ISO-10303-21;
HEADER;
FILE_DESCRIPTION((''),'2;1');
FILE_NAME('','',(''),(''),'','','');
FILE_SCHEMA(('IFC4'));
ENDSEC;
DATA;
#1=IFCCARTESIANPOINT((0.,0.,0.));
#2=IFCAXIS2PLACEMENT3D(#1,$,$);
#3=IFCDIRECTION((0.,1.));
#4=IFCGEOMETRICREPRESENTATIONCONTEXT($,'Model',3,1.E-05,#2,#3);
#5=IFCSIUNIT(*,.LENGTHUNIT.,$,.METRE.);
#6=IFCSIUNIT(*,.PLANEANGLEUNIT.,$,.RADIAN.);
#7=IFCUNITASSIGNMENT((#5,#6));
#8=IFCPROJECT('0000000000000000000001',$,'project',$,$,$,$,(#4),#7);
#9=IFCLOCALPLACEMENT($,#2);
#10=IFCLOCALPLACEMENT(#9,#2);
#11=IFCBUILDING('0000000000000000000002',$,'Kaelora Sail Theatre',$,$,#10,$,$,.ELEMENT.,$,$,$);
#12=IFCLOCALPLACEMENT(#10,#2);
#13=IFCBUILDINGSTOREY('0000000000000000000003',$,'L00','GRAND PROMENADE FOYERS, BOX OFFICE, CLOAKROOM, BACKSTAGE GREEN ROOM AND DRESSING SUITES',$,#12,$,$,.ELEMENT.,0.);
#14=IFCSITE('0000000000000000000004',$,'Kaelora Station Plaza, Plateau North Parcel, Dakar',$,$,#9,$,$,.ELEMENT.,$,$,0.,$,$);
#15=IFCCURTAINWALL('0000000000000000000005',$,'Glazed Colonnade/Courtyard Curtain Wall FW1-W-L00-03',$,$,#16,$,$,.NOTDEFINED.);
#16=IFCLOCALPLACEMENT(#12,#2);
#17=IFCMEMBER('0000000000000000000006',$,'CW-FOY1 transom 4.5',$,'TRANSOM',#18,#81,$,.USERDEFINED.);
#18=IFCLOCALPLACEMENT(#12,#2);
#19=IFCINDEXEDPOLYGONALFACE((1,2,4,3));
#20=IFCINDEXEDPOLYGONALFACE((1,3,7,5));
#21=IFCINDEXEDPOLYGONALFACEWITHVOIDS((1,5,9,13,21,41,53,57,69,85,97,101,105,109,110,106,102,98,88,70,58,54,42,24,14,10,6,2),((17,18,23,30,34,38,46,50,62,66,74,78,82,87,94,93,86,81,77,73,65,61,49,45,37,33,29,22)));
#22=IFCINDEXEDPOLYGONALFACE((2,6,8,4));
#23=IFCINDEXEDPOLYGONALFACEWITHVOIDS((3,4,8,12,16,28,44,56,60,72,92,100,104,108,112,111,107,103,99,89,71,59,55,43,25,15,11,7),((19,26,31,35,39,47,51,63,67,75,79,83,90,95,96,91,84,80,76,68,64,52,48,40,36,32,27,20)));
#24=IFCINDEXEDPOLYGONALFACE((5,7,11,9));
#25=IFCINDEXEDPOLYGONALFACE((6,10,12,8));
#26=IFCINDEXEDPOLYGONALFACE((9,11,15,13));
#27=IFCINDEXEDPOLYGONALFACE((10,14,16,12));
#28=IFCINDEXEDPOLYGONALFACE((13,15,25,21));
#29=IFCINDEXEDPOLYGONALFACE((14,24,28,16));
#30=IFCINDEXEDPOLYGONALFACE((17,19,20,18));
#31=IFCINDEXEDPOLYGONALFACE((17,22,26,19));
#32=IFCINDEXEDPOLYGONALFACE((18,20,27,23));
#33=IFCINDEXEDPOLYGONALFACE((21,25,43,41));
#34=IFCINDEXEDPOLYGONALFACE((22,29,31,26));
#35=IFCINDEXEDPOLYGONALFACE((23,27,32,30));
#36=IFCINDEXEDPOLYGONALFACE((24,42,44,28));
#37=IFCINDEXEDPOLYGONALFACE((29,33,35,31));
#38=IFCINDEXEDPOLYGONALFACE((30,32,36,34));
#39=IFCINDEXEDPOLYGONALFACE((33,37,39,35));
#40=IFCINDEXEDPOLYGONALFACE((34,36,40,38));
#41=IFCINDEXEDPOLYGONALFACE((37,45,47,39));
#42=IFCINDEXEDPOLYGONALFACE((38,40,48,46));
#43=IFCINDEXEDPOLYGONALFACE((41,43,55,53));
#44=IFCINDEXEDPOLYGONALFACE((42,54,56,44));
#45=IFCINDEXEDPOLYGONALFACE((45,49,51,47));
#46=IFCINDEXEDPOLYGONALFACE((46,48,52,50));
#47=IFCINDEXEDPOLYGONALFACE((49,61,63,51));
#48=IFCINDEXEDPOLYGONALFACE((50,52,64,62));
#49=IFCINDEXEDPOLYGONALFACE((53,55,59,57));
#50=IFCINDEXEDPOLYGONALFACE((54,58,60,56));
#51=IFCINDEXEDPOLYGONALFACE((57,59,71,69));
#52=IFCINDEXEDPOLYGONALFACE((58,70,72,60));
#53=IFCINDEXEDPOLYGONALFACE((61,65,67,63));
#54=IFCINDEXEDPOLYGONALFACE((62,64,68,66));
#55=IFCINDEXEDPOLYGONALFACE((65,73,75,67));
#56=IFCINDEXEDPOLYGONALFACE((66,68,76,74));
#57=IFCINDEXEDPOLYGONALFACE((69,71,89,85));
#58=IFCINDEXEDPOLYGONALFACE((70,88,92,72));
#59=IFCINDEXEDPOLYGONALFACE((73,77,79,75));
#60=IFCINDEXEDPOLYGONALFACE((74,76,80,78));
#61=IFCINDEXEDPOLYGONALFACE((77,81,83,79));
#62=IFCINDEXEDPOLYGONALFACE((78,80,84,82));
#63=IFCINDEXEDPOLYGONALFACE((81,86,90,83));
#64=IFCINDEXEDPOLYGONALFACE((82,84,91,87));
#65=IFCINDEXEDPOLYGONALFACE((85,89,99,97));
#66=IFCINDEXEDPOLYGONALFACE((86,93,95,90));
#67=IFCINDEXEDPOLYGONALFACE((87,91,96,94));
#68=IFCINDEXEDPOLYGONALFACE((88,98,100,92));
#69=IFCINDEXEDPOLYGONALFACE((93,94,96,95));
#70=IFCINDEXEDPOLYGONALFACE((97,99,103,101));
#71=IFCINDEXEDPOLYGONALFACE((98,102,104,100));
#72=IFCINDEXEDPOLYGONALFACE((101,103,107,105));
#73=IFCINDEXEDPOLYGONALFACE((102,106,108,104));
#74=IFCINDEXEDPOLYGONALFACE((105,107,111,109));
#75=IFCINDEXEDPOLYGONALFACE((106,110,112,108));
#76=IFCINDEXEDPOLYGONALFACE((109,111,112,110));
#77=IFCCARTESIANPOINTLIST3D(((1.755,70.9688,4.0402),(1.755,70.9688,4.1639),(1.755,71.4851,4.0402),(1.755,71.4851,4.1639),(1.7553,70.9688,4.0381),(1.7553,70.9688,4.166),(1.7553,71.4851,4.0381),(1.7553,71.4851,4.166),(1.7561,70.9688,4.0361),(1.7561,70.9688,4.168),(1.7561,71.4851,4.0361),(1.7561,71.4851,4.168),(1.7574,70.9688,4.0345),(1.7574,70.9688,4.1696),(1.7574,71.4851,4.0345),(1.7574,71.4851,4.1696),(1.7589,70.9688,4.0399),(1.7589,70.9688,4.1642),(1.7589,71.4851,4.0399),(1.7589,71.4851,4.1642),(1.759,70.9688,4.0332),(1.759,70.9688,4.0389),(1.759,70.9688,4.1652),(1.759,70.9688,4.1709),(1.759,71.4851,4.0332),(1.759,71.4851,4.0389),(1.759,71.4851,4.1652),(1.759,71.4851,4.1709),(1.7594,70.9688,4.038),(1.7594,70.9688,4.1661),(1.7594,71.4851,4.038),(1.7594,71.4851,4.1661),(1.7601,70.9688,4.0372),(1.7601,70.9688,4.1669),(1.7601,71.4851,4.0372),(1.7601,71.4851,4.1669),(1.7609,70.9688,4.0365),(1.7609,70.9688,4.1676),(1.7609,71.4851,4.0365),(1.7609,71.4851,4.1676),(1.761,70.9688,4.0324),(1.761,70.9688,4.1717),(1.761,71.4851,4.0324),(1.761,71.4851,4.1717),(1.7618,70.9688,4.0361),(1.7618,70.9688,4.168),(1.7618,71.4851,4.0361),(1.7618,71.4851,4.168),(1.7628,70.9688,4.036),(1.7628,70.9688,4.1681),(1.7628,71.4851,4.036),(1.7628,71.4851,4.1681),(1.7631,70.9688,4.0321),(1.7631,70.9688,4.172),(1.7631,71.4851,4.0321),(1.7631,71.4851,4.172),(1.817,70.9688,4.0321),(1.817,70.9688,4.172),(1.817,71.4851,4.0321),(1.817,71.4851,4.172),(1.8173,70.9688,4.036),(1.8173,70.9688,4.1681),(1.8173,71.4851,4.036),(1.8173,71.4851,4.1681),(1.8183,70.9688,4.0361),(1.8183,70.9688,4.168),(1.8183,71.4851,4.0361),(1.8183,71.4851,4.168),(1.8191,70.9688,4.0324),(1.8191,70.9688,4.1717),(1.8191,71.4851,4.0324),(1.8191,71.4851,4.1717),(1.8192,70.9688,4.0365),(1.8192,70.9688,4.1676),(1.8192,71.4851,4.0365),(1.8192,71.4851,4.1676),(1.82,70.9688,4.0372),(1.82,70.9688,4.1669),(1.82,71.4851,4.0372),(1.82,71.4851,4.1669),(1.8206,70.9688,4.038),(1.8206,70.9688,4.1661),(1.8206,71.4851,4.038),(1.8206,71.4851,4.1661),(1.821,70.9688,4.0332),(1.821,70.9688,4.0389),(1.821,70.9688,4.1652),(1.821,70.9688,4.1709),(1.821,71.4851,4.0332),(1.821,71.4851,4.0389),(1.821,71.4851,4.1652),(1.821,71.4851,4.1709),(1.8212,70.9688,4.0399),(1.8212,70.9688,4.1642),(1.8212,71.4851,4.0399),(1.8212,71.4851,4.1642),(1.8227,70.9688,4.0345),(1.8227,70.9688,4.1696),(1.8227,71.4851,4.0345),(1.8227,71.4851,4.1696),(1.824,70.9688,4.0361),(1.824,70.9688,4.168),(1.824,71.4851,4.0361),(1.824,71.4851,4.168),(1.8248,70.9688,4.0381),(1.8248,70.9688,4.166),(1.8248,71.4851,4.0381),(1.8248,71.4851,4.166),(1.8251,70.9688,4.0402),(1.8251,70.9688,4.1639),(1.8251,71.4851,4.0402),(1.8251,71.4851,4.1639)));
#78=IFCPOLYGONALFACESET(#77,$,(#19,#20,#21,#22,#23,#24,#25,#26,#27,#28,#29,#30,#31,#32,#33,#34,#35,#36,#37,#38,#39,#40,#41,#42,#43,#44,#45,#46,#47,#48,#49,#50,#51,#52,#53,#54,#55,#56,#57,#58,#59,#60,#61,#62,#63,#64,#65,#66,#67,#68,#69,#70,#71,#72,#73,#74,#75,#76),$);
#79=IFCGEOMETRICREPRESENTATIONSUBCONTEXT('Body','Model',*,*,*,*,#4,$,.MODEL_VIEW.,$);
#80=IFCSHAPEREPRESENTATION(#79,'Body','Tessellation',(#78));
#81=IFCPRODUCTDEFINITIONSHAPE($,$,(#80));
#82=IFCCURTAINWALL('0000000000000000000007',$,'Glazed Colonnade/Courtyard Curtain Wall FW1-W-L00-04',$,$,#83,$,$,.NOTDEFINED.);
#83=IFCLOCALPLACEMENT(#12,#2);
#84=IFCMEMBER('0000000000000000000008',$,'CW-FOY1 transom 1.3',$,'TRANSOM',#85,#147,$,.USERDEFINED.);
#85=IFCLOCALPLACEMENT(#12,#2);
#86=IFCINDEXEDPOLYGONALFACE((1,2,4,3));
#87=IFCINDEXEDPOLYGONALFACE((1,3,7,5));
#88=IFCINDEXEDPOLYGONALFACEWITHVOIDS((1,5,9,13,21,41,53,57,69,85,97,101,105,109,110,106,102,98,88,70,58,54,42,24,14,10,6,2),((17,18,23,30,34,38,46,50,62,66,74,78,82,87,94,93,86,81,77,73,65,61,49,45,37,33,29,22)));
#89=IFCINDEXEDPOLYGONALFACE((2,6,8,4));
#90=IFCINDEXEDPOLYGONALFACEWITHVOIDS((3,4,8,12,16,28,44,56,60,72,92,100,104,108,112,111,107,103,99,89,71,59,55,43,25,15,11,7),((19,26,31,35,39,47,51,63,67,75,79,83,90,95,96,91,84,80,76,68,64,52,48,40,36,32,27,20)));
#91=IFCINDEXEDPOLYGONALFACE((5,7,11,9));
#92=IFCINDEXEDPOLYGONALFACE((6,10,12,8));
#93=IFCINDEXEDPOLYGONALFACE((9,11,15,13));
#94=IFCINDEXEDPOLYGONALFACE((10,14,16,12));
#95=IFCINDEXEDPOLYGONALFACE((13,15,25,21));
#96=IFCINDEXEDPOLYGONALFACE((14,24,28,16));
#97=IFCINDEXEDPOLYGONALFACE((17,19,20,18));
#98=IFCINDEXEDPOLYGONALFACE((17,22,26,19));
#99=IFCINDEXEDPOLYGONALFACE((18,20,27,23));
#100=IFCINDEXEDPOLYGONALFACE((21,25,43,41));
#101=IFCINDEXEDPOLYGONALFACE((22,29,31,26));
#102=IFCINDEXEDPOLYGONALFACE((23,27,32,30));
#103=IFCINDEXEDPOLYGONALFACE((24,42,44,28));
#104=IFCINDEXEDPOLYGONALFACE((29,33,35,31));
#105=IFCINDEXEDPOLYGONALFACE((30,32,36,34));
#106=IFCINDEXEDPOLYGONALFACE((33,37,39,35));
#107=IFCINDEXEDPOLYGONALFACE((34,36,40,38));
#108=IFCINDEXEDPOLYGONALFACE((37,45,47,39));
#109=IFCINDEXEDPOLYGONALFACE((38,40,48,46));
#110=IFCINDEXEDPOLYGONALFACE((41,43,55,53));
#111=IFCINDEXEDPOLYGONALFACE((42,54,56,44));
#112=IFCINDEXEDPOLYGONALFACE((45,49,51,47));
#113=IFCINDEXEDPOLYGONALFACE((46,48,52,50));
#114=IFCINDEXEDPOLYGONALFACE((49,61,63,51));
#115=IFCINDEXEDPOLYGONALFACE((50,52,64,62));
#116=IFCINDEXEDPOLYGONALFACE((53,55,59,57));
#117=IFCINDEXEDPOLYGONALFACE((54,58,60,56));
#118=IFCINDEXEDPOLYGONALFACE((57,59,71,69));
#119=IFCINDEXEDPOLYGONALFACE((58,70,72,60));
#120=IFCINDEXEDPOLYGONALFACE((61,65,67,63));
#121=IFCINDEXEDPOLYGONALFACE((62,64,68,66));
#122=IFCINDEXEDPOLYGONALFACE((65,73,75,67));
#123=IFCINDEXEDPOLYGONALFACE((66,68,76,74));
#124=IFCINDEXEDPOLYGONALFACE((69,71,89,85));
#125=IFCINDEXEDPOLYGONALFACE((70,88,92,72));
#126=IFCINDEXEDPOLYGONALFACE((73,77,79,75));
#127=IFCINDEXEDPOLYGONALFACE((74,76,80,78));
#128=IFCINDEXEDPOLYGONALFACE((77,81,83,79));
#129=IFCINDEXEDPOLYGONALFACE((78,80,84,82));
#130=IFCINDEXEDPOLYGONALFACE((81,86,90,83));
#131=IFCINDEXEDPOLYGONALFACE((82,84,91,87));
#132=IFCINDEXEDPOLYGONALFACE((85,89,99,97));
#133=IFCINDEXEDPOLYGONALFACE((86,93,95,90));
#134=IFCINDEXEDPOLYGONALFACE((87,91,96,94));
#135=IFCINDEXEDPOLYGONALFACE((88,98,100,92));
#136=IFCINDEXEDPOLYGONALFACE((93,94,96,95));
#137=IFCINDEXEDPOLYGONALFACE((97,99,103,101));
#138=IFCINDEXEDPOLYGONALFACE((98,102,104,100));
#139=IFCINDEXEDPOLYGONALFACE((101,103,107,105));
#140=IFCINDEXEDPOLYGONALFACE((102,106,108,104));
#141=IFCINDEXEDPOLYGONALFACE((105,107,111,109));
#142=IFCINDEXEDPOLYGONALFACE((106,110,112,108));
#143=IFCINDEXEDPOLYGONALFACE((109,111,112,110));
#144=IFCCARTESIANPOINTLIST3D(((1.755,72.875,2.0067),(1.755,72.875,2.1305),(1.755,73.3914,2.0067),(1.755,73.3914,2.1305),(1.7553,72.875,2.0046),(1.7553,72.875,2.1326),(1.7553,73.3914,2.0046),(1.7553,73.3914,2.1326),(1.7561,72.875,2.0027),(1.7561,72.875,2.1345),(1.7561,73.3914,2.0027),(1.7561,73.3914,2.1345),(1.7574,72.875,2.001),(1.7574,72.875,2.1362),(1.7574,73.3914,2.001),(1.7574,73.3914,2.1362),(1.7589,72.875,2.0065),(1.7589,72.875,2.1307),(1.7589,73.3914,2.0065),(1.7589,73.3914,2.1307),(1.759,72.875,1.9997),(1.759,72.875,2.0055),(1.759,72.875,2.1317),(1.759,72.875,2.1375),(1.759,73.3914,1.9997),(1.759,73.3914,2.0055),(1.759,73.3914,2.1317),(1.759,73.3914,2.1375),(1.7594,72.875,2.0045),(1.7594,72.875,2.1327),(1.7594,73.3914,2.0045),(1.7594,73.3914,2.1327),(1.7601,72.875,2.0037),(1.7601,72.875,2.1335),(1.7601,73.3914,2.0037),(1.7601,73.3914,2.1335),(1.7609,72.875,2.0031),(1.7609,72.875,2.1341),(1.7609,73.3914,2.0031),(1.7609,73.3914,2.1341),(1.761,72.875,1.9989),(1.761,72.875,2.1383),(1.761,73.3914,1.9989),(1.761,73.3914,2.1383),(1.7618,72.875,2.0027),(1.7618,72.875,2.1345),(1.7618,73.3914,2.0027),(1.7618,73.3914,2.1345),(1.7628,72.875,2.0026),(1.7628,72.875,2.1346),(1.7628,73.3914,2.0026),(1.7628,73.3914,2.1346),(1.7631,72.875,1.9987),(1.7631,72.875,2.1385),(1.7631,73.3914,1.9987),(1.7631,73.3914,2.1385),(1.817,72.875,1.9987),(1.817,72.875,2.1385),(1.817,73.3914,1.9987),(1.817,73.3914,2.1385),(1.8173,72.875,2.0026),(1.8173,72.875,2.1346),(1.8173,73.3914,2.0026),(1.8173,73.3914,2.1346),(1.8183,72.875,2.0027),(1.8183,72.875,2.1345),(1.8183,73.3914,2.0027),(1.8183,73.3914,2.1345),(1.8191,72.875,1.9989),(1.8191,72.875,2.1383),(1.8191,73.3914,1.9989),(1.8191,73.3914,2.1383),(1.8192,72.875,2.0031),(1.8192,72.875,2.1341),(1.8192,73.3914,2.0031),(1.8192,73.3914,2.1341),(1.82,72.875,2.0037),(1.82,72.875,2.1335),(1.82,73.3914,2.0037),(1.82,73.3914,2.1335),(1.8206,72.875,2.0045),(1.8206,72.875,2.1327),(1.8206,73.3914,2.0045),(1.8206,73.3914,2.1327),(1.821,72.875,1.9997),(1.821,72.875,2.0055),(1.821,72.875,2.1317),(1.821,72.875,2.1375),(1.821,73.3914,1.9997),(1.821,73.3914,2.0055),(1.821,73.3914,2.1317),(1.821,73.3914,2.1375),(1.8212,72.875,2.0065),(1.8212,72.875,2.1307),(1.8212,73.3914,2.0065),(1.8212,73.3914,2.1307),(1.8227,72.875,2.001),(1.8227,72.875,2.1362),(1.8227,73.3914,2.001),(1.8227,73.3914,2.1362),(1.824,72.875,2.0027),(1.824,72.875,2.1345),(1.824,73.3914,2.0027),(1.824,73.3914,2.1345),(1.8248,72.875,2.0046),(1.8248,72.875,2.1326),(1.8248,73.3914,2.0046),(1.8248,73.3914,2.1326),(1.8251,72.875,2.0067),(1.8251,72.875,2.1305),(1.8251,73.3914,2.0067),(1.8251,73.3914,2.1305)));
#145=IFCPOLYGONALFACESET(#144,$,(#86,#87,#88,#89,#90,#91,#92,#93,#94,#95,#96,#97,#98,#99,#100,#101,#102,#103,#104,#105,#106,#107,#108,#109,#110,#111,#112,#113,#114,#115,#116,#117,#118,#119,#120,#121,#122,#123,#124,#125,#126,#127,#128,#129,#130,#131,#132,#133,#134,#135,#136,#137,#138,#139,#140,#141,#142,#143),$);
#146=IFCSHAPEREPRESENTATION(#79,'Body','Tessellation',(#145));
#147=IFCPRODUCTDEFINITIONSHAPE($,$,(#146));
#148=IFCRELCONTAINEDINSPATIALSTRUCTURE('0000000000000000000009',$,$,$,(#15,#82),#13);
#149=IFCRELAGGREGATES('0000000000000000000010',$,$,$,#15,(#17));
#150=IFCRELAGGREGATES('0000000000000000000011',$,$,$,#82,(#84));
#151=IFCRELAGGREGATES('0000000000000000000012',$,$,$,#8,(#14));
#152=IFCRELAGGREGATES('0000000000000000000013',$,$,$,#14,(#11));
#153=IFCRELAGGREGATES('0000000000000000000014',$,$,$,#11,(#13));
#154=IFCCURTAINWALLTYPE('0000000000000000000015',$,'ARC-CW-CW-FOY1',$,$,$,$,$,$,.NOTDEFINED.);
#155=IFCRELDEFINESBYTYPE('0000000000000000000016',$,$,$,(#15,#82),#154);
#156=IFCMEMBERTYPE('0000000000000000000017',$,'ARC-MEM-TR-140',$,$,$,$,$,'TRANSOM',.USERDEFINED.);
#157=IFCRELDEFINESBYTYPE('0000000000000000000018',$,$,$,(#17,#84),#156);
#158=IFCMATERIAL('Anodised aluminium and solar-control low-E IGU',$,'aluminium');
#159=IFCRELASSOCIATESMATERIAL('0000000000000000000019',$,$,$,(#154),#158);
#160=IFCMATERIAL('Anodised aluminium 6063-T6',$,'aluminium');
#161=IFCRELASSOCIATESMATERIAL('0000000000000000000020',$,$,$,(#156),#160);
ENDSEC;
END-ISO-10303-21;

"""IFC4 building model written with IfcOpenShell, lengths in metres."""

from ifc_helpers import new_model, si_unit, direction, frame, origin, origin_2d, place, context, subcontext, project, spatial, hollow_rectangle, extrude, material, material_profile, profile_set, type_object, element, aggregate, save


model = new_model("IFC4")

# Units and contexts
model_context = context("Model", 3, precision=1e-05, world=origin(), true_north=direction((0.0, 1.0)))
body_context = subcontext(model_context, "Body", "Model", "MODEL_VIEW")
ifc_project = project(units=[si_unit("LENGTHUNIT", "METRE"), si_unit("PLANEANGLEUNIT", "RADIAN")], contexts=[model_context])

# Site, building, storey
site_placement = place(None, origin())
site = spatial("IfcSite", under=ifc_project, at=site_placement, Name="Kaelora Station Plaza, Plateau North Parcel, Dakar", CompositionType="ELEMENT", RefElevation=0.0)
building_placement = place(site_placement, origin())
building = spatial("IfcBuilding", under=site, at=building_placement, Name="Kaelora Sail Theatre", CompositionType="ELEMENT")
storey_placement = place(building_placement, origin())
storey = spatial("IfcBuildingStorey", under=building, at=storey_placement, Name="L00", Description="GRAND PROMENADE FOYERS, BOX OFFICE, CLOAKROOM, BACKSTAGE GREEN ROOM AND DRESSING SUITES", CompositionType="ELEMENT", Elevation=0.0)

# Curtain walls, members
ifc_material_1 = material(Name="Anodised aluminium and solar-control low-E IGU", Category="aluminium")
curtain_wall_type = type_object("IfcCurtainWallType", Name="ARC-CW-CW-FOY1", PredefinedType="NOTDEFINED", material=ifc_material_1)
curtain_wall_1_placement = place(storey_placement, origin())
curtain_wall_1 = element("IfcCurtainWall", 1, at=curtain_wall_1_placement, inside=storey, type_object=curtain_wall_type, Name="Glazed Colonnade/Courtyard Curtain Wall FW1-W-L00-03", PredefinedType="NOTDEFINED")
ifc_material_2 = material(Name="Anodised aluminium 6063-T6", Category="aluminium")
ifc_material_profile = material_profile(ifc_material_2, hollow_rectangle(XDim=0.0701, YDim=0.1399, WallThickness=0.0039, InnerFilletRadius=0.0039, OuterFilletRadius=0.0081, at=origin_2d()), Name="ALU-TRAN 70x140x4")
ifc_profile_set = profile_set([ifc_material_profile], Name="Anodised aluminium 6063-T6")
member_type = type_object("IfcMemberType", Name="ARC-MEM-TR-140", ElementType="TRANSOM", PredefinedType="USERDEFINED", material=ifc_profile_set)
member_1_placement = place(storey_placement, frame((1.79, 70.9688, 4.1021), z_axis=(0.0, 1.0, 0.0), x_axis=(-1.0, 0.0, 0.0)))
member_1 = element("IfcMember", 2, at=member_1_placement, type_object=member_type, Name="CW-FOY1 transom 4.5", ObjectType="TRANSOM", PredefinedType="USERDEFINED", context=body_context, shape_type="SweptSolid", body=[
    extrude(hollow_rectangle(XDim=0.0701, YDim=0.1399, WallThickness=0.0039, InnerFilletRadius=0.0039, OuterFilletRadius=0.0081, at=origin_2d()), origin(), (0.0, 0.0, 1.0), 0.5164),
])
curtain_wall_2_placement = place(storey_placement, origin())
curtain_wall_2 = element("IfcCurtainWall", 3, at=curtain_wall_2_placement, inside=storey, type_object=curtain_wall_type, Name="Glazed Colonnade/Courtyard Curtain Wall FW1-W-L00-04", PredefinedType="NOTDEFINED")
member_2_placement = place(storey_placement, frame((1.79, 72.875, 2.0686), z_axis=(0.0, 1.0, 0.0), x_axis=(-1.0, 0.0, 0.0)))
member_2 = element("IfcMember", 4, at=member_2_placement, type_object=member_type, Name="CW-FOY1 transom 1.3", ObjectType="TRANSOM", PredefinedType="USERDEFINED", context=body_context, shape_type="SweptSolid", body=[
    extrude(hollow_rectangle(XDim=0.0701, YDim=0.1399, WallThickness=0.0039, InnerFilletRadius=0.0039, OuterFilletRadius=0.0081, at=origin_2d()), origin(), (0.0, 0.0, 1.0), 0.5164),
])

aggregate(curtain_wall_1, [member_1])
aggregate(curtain_wall_2, [member_2])

save(model, "model.ifc")
